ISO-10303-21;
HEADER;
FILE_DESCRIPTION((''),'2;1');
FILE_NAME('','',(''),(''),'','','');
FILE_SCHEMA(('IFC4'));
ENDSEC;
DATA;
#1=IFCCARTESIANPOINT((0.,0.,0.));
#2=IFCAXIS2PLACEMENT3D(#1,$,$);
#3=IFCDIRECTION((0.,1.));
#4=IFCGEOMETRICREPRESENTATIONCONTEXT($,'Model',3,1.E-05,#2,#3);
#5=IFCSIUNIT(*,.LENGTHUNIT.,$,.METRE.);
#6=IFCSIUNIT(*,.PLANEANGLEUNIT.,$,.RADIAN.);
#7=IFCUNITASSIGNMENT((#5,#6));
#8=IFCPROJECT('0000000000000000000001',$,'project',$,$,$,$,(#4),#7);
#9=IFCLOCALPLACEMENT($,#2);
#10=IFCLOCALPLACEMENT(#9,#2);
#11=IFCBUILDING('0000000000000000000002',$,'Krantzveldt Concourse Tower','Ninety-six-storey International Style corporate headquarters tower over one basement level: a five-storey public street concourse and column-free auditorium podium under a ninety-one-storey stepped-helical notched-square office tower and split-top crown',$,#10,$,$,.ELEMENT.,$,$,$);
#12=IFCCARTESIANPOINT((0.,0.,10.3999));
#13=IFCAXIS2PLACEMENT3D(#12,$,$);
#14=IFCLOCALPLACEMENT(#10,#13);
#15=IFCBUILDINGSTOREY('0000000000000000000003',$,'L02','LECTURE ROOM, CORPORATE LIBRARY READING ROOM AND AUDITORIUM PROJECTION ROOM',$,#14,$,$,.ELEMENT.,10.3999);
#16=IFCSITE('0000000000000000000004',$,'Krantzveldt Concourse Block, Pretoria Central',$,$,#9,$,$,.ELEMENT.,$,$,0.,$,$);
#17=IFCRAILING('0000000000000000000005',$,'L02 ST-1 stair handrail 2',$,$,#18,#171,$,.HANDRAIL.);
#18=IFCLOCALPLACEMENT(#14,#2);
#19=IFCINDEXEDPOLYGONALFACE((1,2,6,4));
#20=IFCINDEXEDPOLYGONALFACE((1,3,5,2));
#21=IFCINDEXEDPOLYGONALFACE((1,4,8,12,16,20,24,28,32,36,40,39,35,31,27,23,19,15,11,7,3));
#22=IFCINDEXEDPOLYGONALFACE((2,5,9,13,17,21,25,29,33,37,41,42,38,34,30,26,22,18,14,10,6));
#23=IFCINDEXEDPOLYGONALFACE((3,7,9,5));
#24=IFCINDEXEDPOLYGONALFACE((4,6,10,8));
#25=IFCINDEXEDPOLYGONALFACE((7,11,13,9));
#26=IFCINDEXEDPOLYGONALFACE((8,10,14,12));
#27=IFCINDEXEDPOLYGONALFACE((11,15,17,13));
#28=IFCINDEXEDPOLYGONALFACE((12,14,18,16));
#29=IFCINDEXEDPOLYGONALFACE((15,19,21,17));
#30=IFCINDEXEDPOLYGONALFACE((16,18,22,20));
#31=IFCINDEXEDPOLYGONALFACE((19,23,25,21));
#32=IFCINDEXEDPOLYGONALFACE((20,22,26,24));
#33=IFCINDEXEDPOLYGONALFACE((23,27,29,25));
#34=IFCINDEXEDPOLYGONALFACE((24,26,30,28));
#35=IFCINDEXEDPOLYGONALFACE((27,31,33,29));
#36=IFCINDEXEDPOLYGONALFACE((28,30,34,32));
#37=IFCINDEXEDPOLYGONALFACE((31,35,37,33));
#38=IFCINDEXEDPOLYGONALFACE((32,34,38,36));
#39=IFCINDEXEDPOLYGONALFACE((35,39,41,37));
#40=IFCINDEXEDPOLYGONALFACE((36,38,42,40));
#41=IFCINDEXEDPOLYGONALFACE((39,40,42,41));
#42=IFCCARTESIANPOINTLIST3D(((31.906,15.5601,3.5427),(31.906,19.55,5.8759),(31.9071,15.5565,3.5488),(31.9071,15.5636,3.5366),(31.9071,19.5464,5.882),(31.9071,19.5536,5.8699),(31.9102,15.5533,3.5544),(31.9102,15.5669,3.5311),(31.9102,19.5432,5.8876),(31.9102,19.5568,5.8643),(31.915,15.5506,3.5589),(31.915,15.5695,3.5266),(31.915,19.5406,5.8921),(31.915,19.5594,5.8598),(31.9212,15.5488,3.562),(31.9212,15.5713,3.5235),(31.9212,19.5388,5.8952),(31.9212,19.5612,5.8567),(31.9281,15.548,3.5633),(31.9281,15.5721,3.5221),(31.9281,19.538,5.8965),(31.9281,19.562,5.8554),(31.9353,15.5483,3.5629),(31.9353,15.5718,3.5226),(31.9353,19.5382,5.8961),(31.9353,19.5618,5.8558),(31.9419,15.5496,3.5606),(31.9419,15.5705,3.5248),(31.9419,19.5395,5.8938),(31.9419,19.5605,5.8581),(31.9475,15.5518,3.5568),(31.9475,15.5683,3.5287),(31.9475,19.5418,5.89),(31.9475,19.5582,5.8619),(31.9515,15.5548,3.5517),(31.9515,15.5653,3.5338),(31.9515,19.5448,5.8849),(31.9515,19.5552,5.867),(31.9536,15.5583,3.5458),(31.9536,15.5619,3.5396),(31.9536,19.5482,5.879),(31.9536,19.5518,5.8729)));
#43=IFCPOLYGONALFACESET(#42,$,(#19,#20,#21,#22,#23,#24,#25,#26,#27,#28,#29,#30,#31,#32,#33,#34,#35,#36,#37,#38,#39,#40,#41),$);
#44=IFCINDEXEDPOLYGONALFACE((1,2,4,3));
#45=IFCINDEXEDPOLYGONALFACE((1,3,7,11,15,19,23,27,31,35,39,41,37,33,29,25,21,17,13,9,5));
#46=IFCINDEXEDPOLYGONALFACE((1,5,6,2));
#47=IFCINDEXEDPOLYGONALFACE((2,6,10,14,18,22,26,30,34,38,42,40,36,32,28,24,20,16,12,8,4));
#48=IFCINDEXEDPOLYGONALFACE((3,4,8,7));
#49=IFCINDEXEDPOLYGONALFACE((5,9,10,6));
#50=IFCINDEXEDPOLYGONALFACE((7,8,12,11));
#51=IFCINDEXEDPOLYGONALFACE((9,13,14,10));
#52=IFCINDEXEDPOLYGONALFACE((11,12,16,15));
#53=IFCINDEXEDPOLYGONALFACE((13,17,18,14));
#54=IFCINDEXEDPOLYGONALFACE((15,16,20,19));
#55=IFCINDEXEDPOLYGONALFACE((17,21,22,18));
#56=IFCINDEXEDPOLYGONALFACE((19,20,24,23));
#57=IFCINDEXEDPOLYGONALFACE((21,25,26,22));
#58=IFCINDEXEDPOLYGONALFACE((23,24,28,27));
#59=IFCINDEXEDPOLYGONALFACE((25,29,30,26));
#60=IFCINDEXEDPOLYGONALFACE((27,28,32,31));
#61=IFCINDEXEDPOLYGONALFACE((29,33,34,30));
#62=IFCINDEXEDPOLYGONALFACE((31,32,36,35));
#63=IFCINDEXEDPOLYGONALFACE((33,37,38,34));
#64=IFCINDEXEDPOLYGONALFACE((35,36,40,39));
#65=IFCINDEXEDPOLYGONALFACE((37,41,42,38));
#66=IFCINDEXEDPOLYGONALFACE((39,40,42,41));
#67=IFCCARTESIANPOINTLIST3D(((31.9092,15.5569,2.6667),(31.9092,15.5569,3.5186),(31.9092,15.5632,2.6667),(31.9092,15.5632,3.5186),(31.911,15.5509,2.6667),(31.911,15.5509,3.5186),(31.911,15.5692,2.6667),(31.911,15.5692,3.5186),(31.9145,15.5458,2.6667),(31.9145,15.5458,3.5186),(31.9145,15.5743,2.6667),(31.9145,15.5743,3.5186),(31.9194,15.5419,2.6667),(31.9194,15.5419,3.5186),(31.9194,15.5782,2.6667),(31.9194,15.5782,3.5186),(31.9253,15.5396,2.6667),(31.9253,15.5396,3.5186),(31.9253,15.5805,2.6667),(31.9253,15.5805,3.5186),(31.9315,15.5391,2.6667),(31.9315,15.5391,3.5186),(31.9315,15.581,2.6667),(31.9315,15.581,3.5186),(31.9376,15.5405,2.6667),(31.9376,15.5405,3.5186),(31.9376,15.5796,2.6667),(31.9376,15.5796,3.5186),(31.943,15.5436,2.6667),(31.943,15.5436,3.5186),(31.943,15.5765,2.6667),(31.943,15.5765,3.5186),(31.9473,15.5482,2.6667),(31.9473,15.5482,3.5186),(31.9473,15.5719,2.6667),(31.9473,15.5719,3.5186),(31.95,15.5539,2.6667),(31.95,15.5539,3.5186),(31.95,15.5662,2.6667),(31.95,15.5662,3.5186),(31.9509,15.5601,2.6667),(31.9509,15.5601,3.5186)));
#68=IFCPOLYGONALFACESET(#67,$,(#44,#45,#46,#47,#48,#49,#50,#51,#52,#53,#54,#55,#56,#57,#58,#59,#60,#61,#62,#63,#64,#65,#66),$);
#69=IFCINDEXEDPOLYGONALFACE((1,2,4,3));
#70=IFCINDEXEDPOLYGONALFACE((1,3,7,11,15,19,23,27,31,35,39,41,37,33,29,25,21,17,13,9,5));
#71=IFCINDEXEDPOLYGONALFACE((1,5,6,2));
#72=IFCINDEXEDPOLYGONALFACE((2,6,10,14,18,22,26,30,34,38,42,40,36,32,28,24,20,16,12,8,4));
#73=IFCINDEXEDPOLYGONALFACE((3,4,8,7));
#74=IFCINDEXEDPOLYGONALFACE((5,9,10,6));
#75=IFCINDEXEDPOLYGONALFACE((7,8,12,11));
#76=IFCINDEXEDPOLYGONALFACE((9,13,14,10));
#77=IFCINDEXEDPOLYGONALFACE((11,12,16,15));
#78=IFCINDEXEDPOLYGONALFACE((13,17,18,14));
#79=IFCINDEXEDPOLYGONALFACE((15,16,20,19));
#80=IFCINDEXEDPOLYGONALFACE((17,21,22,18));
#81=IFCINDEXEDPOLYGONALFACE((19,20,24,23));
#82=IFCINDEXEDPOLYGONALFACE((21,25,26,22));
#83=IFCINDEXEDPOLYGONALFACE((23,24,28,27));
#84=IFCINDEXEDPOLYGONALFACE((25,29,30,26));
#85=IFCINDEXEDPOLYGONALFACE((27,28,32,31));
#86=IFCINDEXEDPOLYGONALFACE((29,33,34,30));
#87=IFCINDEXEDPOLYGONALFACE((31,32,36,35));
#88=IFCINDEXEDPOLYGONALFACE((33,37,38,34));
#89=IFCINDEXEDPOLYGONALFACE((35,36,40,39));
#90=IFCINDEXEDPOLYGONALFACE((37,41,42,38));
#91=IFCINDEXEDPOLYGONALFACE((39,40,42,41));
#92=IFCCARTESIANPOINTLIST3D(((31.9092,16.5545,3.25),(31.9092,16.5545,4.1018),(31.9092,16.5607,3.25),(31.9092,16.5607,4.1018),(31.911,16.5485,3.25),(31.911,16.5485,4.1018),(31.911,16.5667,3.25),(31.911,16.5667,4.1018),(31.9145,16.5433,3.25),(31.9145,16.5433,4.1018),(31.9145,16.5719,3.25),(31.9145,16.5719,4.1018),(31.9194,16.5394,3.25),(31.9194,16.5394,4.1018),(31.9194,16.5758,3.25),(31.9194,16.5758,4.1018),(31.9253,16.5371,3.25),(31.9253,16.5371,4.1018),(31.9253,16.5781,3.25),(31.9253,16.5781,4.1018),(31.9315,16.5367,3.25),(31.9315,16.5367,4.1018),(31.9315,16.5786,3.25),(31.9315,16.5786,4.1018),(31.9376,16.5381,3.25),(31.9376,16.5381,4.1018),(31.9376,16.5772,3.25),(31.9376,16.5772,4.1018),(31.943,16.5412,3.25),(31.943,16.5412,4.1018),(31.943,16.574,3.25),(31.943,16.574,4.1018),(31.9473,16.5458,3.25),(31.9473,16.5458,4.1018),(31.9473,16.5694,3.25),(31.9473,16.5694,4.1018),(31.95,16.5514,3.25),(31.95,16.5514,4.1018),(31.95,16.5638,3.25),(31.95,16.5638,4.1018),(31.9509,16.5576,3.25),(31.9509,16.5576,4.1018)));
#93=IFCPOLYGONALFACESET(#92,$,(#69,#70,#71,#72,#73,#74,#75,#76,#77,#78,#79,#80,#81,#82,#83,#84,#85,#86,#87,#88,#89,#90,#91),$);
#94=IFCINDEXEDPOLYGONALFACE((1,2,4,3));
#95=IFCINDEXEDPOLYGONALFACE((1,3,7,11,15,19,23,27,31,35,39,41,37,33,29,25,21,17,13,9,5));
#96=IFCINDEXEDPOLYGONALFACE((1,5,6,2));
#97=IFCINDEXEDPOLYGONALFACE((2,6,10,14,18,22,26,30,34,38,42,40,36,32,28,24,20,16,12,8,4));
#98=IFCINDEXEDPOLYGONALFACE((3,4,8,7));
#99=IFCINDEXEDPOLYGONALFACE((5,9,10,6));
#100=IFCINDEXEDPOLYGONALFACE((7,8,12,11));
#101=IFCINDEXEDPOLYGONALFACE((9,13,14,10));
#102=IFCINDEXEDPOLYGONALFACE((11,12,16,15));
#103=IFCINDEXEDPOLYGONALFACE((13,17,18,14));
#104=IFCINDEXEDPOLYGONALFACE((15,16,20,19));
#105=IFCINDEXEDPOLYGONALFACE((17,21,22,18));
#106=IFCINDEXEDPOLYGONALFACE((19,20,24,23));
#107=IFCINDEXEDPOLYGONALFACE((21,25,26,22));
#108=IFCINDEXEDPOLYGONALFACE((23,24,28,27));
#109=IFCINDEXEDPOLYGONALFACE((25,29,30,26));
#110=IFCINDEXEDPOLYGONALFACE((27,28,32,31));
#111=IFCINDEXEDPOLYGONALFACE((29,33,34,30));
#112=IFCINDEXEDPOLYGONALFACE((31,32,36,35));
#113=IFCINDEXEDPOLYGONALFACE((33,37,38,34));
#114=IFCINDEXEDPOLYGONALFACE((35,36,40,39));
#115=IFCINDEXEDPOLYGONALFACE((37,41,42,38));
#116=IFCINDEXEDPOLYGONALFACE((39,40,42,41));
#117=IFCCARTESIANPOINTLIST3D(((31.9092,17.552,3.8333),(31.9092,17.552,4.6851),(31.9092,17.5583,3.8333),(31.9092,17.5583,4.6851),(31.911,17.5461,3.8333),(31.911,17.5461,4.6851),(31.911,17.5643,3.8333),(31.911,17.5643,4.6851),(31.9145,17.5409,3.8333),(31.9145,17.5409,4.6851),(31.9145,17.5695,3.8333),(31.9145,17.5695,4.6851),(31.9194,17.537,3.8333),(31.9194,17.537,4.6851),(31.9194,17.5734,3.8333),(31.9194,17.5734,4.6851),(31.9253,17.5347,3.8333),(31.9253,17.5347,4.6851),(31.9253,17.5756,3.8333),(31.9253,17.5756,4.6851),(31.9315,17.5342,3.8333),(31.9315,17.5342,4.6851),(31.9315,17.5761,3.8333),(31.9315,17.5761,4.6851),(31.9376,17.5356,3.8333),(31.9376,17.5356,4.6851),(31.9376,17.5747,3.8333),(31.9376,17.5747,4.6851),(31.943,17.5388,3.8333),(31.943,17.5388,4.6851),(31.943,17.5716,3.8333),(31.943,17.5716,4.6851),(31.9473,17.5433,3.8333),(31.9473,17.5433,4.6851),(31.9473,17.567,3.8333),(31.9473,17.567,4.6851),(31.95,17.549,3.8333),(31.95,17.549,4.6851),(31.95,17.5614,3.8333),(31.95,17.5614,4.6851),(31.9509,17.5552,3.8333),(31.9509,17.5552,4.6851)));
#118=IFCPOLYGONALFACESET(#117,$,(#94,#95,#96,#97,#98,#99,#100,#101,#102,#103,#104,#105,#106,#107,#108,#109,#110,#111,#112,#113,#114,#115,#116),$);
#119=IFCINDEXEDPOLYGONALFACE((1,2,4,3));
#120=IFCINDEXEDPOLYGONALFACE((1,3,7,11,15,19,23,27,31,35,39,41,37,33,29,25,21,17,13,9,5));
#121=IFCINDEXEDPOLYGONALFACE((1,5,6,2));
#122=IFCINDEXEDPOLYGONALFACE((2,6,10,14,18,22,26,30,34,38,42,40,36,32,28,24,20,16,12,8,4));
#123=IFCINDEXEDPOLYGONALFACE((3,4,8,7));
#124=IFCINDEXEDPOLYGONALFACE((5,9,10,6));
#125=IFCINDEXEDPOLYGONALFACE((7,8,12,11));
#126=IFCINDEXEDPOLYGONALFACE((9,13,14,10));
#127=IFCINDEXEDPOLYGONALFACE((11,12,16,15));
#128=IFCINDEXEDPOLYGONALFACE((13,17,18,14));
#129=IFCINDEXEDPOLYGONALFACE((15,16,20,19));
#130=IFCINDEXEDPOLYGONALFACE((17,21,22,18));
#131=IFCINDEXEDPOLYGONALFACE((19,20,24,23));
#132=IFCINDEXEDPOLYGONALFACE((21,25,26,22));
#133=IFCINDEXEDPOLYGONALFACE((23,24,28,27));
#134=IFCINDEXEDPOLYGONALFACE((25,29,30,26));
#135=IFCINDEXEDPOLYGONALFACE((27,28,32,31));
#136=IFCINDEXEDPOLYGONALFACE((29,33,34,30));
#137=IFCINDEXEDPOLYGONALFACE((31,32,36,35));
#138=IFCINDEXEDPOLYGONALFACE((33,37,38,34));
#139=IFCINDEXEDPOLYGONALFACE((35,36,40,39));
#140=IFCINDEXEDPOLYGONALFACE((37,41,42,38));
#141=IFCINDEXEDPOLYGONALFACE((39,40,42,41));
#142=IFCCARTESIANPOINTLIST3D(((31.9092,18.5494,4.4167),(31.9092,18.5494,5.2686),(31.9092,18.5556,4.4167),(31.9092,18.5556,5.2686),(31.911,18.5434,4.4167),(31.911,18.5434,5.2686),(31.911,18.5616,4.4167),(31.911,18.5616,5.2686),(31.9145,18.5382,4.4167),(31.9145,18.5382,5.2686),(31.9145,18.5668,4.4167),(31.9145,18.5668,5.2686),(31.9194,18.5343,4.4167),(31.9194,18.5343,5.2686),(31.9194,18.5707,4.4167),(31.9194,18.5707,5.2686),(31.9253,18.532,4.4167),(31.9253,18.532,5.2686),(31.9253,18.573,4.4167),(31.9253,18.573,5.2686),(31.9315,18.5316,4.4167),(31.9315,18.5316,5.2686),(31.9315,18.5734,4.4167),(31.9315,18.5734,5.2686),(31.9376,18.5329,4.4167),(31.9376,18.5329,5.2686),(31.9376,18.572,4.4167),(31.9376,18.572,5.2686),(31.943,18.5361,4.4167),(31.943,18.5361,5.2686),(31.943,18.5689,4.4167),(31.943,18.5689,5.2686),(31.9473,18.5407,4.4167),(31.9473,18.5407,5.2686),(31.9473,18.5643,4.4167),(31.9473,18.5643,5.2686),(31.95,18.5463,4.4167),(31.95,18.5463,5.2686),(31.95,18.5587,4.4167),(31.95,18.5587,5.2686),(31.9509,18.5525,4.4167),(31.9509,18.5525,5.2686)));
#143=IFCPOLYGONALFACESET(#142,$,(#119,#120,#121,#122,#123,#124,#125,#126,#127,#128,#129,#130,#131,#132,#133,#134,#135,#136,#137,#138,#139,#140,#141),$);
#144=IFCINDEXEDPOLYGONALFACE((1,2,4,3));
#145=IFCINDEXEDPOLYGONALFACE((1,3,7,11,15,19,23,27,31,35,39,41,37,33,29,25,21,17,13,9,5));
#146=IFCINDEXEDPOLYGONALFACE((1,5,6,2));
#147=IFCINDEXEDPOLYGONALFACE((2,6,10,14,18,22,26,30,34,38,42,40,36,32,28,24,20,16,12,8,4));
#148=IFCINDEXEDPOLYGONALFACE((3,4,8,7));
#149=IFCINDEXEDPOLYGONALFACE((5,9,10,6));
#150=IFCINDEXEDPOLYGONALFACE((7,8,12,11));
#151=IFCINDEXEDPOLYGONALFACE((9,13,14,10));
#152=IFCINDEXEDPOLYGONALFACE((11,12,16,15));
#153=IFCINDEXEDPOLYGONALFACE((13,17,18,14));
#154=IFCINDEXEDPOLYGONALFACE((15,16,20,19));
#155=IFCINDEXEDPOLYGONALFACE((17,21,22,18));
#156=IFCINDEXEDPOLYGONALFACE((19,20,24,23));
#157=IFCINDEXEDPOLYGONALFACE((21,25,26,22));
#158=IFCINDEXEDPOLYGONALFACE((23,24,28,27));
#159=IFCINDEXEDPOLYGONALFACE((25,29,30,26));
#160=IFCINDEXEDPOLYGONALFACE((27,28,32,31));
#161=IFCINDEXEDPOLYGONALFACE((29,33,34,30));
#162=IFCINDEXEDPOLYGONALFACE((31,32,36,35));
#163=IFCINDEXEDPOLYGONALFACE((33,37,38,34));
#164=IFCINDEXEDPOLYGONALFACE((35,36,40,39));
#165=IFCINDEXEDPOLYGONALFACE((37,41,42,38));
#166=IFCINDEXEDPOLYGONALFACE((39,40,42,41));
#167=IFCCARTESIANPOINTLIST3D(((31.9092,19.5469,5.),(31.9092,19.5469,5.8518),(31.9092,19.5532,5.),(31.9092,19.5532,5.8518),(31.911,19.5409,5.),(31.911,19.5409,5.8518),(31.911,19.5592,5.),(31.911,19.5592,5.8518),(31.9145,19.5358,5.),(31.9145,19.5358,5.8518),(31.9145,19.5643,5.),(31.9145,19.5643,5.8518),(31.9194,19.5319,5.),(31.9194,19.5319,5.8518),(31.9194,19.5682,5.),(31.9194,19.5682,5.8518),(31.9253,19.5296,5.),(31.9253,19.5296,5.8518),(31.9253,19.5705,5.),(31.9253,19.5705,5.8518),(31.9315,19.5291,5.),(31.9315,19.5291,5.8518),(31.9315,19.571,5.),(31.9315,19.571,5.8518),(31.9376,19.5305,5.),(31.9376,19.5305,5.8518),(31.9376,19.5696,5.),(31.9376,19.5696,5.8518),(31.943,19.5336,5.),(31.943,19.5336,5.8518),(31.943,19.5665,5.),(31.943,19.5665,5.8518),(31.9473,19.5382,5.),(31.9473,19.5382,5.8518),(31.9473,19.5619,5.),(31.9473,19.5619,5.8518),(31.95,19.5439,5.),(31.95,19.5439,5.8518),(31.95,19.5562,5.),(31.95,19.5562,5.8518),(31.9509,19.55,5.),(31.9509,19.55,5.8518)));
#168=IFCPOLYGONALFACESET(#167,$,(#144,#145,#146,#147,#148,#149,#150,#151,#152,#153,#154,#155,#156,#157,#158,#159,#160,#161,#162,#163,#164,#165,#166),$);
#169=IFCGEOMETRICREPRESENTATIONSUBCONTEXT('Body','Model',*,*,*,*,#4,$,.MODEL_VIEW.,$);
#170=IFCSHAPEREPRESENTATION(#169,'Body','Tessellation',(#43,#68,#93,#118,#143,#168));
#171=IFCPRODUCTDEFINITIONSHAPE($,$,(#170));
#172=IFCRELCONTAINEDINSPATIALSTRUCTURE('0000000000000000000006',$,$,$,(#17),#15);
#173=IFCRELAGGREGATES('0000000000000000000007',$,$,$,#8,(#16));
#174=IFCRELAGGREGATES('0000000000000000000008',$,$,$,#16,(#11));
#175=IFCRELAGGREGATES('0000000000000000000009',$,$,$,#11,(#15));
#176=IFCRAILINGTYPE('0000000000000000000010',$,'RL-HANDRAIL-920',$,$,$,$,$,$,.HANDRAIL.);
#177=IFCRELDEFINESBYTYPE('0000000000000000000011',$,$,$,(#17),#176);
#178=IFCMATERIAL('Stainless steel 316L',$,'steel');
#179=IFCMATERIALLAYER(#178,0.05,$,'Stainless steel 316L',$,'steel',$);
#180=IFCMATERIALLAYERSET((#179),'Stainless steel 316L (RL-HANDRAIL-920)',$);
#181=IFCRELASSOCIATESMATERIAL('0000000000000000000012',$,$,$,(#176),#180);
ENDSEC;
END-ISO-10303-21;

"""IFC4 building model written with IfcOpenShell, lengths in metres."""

from ifc_helpers import new_model, si_unit, direction, frame, origin, origin_2d, place, context, subcontext, project, spatial, circle, extrude, material, layer, layer_set, type_object, element, save


model = new_model("IFC4")

# Units and contexts
model_context = context("Model", 3, precision=1e-05, world=origin(), true_north=direction((0.0, 1.0)))
body_context = subcontext(model_context, "Body", "Model", "MODEL_VIEW")
ifc_project = project(units=[si_unit("LENGTHUNIT", "METRE"), si_unit("PLANEANGLEUNIT", "RADIAN")], contexts=[model_context])

# Site, building, storey
site_placement = place(None, origin())
site = spatial("IfcSite", under=ifc_project, at=site_placement, Name="Krantzveldt Concourse Block, Pretoria Central", CompositionType="ELEMENT", RefElevation=0.0)
building_placement = place(site_placement, origin())
building = spatial("IfcBuilding", under=site, at=building_placement, Name="Krantzveldt Concourse Tower", Description="Ninety-six-storey International Style corporate headquarters tower over one basement level: a five-storey public street concourse and column-free auditorium podium under a ninety-one-storey stepped-helical notched-square office tower and split-top crown", CompositionType="ELEMENT")
storey_placement = place(building_placement, frame((0.0, 0.0, 10.3999)))
storey = spatial("IfcBuildingStorey", under=building, at=storey_placement, Name="L02", Description="LECTURE ROOM, CORPORATE LIBRARY READING ROOM AND AUDITORIUM PROJECTION ROOM", CompositionType="ELEMENT", Elevation=10.3999)

# Shared definitions
ifc_material_1 = material(Name="Stainless steel 316L", Category="steel")

# Railing
ifc_layer_1 = layer(ifc_material_1, 0.05, Name="Stainless steel 316L", Category="steel")
ifc_layer_set_1 = layer_set([ifc_layer_1], Name="Stainless steel 316L (RL-HANDRAIL-920)")
railing_type_1 = type_object("IfcRailingType", Name="RL-HANDRAIL-920", PredefinedType="HANDRAIL", material=ifc_layer_set_1)
railing_1_placement = place(storey_placement, frame((31.9299, 15.5601, 2.6667)))
element("IfcRailing", 1, at=railing_1_placement, inside=storey, type_object=railing_type_1, Name="L02 ST-1 stair handrail 2", PredefinedType="HANDRAIL", context=body_context, shape_type="SweptSolid", body=[
    extrude(circle(Radius=0.0239, at=origin_2d()), frame((0.0, 0.0, 0.876), z_axis=(0.0, 0.863236, 0.5048), x_axis=(-1.0, 0.0, 0.0)), (0.0, 0.0, 1.0), 4.6221),
    extrude(circle(Radius=0.021, at=origin_2d()), origin(), (0.0, 0.0, 1.0), 0.8518),
    extrude(circle(Radius=0.021, at=origin_2d()), frame((0.0, 0.9976, 0.5833)), (0.0, 0.0, 1.0), 0.8518),
    extrude(circle(Radius=0.021, at=origin_2d()), frame((0.0, 1.9951, 1.1665)), (0.0, 0.0, 1.0), 0.8518),
    extrude(circle(Radius=0.021, at=origin_2d()), frame((0.0, 2.9924, 1.75)), (0.0, 0.0, 1.0), 0.8518),
    extrude(circle(Radius=0.021, at=origin_2d()), frame((0.0, 3.99, 2.3333)), (0.0, 0.0, 1.0), 0.8518),
])

save(model, "model.ifc")
